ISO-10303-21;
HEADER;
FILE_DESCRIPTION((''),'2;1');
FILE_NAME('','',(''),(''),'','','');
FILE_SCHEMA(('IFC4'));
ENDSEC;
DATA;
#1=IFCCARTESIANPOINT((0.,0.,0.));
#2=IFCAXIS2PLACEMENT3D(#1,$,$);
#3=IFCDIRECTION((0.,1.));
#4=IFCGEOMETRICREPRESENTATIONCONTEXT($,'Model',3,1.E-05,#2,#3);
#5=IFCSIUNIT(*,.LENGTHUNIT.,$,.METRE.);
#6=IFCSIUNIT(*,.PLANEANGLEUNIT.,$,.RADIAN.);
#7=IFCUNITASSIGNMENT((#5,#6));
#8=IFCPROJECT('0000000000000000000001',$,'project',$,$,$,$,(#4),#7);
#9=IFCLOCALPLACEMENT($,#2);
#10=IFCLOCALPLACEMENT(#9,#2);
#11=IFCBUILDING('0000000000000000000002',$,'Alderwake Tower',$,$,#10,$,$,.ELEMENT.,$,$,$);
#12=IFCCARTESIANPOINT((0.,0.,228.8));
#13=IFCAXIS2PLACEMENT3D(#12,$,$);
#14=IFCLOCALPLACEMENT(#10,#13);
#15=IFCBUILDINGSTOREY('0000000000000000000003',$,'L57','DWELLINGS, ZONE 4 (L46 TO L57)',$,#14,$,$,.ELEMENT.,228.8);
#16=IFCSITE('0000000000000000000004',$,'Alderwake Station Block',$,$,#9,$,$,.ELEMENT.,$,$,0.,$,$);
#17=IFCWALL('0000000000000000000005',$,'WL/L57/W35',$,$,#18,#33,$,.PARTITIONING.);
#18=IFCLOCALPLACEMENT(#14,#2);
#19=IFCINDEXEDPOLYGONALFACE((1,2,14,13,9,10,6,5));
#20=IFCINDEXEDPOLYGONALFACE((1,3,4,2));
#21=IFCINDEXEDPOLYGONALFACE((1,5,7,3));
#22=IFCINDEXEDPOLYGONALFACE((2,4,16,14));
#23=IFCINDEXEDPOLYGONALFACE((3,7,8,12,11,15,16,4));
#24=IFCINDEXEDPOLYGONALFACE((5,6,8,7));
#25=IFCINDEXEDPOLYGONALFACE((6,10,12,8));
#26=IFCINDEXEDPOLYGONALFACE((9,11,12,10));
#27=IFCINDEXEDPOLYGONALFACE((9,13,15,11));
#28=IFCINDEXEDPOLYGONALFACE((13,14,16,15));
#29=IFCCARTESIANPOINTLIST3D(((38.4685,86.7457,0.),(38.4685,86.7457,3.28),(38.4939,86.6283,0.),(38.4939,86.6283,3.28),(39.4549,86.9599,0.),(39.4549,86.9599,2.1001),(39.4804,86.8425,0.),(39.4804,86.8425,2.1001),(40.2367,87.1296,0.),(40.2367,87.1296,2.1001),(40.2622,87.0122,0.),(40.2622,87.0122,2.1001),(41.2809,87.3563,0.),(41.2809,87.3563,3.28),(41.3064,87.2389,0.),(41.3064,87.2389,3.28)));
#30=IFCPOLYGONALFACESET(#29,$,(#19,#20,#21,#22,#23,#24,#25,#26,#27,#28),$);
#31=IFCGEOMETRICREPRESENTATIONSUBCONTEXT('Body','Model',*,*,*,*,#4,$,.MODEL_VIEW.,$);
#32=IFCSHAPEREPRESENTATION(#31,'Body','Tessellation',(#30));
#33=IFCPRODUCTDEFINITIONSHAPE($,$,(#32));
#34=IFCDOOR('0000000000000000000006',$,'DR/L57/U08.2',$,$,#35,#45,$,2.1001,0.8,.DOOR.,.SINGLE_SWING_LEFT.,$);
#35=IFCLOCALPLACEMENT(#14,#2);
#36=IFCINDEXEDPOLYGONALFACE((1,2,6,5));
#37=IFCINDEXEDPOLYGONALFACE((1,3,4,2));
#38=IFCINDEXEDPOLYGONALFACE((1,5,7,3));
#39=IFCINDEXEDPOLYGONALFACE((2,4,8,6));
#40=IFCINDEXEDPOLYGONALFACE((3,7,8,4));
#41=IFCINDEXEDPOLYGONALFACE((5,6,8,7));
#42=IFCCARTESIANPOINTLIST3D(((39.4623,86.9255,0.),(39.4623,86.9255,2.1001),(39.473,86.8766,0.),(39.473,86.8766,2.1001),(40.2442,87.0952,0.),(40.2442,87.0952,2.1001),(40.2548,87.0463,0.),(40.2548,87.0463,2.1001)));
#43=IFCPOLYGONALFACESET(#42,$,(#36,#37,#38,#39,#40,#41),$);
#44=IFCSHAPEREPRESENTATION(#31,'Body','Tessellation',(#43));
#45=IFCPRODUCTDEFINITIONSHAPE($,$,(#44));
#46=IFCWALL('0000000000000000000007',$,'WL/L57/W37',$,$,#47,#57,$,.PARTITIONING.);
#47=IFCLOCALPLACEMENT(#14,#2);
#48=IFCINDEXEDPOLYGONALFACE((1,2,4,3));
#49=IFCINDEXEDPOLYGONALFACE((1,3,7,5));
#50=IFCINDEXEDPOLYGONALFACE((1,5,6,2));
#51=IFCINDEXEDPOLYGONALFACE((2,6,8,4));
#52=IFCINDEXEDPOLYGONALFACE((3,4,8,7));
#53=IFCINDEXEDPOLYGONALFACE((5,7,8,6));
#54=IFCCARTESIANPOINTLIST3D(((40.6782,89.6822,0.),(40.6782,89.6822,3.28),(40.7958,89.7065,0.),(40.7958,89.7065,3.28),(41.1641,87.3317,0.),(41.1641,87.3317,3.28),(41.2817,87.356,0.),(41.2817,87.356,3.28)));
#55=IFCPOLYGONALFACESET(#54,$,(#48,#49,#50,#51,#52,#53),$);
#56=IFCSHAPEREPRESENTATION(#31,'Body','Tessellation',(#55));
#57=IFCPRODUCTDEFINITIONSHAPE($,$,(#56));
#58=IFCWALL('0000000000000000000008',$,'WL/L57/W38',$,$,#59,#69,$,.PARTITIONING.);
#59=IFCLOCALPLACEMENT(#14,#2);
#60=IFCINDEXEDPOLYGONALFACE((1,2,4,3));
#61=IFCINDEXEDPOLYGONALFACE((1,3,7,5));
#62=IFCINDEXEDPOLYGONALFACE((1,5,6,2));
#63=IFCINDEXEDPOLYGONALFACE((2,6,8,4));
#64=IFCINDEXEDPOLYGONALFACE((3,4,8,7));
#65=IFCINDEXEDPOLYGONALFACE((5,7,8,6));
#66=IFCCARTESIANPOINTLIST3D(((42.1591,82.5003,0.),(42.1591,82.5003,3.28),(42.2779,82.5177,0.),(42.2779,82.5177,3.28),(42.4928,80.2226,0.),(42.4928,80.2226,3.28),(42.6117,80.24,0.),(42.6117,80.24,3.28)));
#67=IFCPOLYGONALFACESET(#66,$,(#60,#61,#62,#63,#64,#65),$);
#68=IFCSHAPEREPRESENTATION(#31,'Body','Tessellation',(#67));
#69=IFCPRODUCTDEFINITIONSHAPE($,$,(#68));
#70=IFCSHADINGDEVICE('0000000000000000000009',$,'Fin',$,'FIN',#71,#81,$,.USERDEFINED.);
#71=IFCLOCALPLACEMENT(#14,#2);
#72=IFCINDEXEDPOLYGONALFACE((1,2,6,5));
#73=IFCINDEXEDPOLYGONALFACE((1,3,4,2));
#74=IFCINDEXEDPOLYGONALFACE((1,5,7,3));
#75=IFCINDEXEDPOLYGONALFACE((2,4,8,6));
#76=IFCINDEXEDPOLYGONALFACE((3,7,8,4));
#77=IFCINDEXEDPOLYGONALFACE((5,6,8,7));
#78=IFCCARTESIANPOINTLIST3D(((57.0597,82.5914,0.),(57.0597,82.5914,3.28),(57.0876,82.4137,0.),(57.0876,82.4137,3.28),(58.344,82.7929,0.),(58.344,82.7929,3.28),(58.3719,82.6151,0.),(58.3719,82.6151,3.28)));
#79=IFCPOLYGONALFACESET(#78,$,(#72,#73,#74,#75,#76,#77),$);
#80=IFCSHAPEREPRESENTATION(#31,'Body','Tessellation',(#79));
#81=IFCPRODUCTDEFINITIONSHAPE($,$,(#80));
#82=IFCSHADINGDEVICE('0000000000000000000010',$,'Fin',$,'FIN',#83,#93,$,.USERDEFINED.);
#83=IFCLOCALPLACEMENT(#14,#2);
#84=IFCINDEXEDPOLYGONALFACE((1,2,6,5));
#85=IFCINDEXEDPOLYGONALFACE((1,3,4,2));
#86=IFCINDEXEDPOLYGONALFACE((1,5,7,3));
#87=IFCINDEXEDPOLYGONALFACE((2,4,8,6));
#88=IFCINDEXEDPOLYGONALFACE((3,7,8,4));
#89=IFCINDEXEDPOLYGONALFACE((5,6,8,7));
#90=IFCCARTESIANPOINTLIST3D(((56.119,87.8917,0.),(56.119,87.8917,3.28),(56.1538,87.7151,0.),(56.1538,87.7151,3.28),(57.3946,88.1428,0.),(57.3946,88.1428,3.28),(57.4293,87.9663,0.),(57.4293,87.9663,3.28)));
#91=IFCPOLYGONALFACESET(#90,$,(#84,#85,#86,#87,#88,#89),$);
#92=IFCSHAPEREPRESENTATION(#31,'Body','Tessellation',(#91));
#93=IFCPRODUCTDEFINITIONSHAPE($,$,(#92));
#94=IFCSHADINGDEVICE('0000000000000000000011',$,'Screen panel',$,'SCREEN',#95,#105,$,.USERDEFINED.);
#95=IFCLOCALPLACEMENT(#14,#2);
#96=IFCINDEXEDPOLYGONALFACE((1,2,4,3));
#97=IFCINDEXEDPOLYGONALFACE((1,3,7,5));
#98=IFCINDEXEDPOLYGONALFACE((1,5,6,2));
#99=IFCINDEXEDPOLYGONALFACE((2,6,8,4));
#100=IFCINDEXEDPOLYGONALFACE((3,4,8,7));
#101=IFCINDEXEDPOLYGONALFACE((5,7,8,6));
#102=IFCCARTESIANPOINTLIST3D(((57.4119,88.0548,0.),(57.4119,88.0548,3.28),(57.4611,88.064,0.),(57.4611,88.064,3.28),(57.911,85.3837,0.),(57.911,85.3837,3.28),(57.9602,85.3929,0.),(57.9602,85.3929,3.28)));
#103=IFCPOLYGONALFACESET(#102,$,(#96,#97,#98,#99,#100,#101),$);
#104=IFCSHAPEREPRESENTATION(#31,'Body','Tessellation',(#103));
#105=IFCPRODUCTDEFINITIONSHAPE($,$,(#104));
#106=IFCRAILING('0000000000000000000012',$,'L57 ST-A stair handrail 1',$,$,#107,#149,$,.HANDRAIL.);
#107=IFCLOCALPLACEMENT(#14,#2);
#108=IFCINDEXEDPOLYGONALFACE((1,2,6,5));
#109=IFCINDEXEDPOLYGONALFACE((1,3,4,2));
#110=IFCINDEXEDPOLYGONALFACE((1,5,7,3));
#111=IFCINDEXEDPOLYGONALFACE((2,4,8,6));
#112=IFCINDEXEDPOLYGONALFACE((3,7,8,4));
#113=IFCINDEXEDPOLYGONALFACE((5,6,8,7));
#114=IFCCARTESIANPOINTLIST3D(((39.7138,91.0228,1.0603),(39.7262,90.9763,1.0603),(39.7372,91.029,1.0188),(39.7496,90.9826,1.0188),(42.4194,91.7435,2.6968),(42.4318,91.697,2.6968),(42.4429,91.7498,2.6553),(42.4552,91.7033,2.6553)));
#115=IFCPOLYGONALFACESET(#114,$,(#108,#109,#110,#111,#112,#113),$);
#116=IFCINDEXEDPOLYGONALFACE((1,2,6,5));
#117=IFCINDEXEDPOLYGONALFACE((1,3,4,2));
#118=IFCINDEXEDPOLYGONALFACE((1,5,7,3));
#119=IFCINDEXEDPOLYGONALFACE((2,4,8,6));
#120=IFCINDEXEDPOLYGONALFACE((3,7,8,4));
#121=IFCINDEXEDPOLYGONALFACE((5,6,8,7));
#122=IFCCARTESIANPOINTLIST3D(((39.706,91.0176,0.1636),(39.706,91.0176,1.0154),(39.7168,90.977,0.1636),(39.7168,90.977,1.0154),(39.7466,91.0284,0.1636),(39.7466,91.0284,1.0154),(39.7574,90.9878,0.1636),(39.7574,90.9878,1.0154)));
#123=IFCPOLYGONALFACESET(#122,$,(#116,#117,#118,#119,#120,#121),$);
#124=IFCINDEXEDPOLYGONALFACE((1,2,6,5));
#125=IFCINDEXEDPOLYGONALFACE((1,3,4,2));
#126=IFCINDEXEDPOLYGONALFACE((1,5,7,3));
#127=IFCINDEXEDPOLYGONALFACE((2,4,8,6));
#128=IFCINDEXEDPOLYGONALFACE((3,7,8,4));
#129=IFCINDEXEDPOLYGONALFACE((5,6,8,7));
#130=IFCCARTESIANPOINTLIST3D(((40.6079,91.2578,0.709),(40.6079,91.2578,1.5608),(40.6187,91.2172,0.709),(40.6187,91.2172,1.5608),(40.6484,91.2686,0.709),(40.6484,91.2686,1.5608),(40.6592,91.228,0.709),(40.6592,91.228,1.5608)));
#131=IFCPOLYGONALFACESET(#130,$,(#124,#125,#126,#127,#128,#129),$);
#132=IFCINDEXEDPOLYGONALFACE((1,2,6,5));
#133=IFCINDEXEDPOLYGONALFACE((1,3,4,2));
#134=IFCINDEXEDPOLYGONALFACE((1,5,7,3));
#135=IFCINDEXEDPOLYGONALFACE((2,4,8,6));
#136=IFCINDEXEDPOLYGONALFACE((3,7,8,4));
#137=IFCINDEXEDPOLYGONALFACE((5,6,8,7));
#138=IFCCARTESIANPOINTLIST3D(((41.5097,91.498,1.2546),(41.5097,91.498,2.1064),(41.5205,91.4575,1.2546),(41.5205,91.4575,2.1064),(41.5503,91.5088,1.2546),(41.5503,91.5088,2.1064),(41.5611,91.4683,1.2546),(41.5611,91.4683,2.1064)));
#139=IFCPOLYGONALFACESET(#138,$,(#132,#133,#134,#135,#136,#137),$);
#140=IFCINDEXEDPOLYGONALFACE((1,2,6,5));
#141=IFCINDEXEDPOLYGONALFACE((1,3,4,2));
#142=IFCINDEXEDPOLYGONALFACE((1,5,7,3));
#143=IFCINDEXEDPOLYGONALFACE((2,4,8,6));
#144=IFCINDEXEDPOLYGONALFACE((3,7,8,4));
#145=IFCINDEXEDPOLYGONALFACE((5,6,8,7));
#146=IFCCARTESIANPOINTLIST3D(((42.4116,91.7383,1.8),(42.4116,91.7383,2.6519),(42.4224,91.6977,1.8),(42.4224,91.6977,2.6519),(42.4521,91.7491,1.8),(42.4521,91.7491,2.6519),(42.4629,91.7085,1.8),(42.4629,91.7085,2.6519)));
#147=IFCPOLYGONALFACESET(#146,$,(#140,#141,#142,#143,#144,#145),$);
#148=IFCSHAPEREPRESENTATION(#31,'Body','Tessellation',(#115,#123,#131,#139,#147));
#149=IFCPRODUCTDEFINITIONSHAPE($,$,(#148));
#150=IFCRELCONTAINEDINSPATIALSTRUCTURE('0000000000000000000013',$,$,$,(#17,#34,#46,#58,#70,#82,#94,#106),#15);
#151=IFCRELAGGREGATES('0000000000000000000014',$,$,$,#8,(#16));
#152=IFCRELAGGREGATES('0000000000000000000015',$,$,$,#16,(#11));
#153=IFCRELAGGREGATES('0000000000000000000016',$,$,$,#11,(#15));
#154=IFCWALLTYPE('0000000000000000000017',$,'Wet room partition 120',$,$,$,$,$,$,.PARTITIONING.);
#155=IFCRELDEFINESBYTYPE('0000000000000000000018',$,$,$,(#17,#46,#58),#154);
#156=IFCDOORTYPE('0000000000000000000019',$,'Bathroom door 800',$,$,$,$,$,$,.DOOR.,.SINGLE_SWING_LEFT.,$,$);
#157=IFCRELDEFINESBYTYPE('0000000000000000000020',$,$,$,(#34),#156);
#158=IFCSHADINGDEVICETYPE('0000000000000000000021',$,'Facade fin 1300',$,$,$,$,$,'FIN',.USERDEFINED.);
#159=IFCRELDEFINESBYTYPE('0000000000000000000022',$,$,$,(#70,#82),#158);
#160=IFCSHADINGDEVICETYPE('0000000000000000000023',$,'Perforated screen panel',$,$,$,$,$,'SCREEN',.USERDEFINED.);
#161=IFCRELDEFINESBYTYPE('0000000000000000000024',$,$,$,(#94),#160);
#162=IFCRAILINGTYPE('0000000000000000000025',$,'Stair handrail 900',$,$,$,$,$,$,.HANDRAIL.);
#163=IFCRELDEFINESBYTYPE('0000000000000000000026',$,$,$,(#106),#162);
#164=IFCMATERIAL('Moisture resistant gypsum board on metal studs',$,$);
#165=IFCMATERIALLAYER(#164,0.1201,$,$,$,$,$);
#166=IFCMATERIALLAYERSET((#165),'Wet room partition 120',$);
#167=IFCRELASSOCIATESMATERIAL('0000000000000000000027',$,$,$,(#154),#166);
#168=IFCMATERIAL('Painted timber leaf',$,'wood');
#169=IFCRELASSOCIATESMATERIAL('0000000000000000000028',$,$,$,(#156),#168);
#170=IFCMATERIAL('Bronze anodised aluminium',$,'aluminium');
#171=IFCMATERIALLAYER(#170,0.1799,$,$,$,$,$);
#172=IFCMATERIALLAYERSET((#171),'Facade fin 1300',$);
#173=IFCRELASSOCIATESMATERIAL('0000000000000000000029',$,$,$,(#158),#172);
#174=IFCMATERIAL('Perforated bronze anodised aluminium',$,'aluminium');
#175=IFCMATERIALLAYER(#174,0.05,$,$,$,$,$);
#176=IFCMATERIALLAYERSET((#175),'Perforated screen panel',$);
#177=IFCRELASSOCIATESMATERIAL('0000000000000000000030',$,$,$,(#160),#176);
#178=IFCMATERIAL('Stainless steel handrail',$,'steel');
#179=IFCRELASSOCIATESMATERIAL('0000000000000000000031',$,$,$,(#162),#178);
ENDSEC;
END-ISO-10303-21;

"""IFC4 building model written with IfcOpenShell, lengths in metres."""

from ifc_helpers import new_model, si_unit, direction, frame, frame_2d, origin, origin_2d, place, context, subcontext, project, spatial, rectangle, extrude, material, layer, layer_set, type_object, element, fill, save


model = new_model("IFC4")

# Units and contexts
model_context = context("Model", 3, precision=1e-05, world=origin(), true_north=direction((0.0, 1.0)))
body_context = subcontext(model_context, "Body", "Model", "MODEL_VIEW")
ifc_project = project(units=[si_unit("LENGTHUNIT", "METRE"), si_unit("PLANEANGLEUNIT", "RADIAN")], contexts=[model_context])

# Site, building, storey
site_placement = place(None, origin())
site = spatial("IfcSite", under=ifc_project, at=site_placement, Name="Alderwake Station Block", CompositionType="ELEMENT", RefElevation=0.0)
building_placement = place(site_placement, origin())
building = spatial("IfcBuilding", under=site, at=building_placement, Name="Alderwake Tower", CompositionType="ELEMENT")
storey_placement = place(building_placement, frame((0.0, 0.0, 228.8)))
storey = spatial("IfcBuildingStorey", under=building, at=storey_placement, Name="L57", Description="DWELLINGS, ZONE 4 (L46 TO L57)", CompositionType="ELEMENT", Elevation=228.8)

# Wall, opening, door
ifc_material_1 = material(Name="Moisture resistant gypsum board on metal studs")
ifc_layer_1 = layer(ifc_material_1, 0.1201)
ifc_layer_set_1 = layer_set([ifc_layer_1], Name="Wet room partition 120")
wall_type_1 = type_object("IfcWallType", Name="Wet room partition 120", PredefinedType="PARTITIONING", material=ifc_layer_set_1)
wall_1_placement = place(storey_placement, frame((38.4812, 86.687, 0.0), z_axis=(0.0, 0.0, 1.0), x_axis=(0.977235, 0.212158, 0.0)))
wall_1 = element("IfcWall", 1, at=wall_1_placement, inside=storey, type_object=wall_type_1, Name="WL/L57/W35", PredefinedType="PARTITIONING", context=body_context, shape_type="SweptSolid", body=[
    extrude(rectangle(XDim=2.8779, YDim=0.1201, at=frame_2d((1.439, 0.0))), origin(), (0.0, 0.0, 1.0), 3.28),
])
opening_1_placement = place(wall_1_placement, frame((1.0095, 0.0, 0.0)))
opening_1 = element("IfcOpeningElement", 2, at=opening_1_placement, cuts=wall_1, PredefinedType="OPENING", context=body_context, shape_type="SweptSolid", body=[
    extrude(rectangle(XDim=0.8, YDim=2.1001, at=frame_2d((0.3999, 1.05))), frame((0.0, 0.0701, 0.0), z_axis=(0.0, -1.0, 0.0), x_axis=(1.0, 0.0, 0.0)), (0.0, 0.0, 1.0), 0.1401),
])
ifc_material_2 = material(Name="Painted timber leaf", Category="wood")
door_type_1 = type_object("IfcDoorType", Name="Bathroom door 800", OperationType="SINGLE_SWING_LEFT", PredefinedType="DOOR", material=ifc_material_2)
door_1_placement = place(opening_1_placement, origin())
door_1 = element("IfcDoor", 3, at=door_1_placement, inside=storey, type_object=door_type_1, Name="DR/L57/U08.2", OperationType="SINGLE_SWING_LEFT", OverallHeight=2.1001, OverallWidth=0.8, PredefinedType="DOOR", context=body_context, shape_type="SweptSolid", body=[
    extrude(rectangle(XDim=0.8, YDim=2.1001, at=frame_2d((0.3999, 1.05))), frame((0.0, 0.0249, 0.0), z_axis=(0.0, -1.0, 0.0), x_axis=(1.0, 0.0, 0.0)), (0.0, 0.0, 1.0), 0.05),
])
fill(opening_1, door_1)

# Walls
wall_2_placement = place(storey_placement, frame((41.2229, 87.3438, 0.0), z_axis=(0.0, 0.0, 1.0), x_axis=(-0.202431, 0.979297, 0.0)))
element("IfcWall", 4, at=wall_2_placement, inside=storey, type_object=wall_type_1, Name="WL/L57/W37", PredefinedType="PARTITIONING", context=body_context, shape_type="SweptSolid", body=[
    extrude(rectangle(XDim=2.4001, YDim=0.1201, at=frame_2d((1.2002, 0.0))), origin(), (0.0, 0.0, 1.0), 3.28),
])
wall_3_placement = place(storey_placement, frame((42.5522, 80.2314, 0.0), z_axis=(0.0, 0.0, 1.0), x_axis=(-0.144984, 0.989434, 0.0)))
element("IfcWall", 5, at=wall_3_placement, inside=storey, type_object=wall_type_1, Name="WL/L57/W38", PredefinedType="PARTITIONING", context=body_context, shape_type="SweptSolid", body=[
    extrude(rectangle(XDim=2.302, YDim=0.1201, at=frame_2d((1.1509, 0.0))), origin(), (0.0, 0.0, 1.0), 3.28),
])

# Shading devices
ifc_material_3 = material(Name="Bronze anodised aluminium", Category="aluminium")
ifc_layer_2 = layer(ifc_material_3, 0.1799)
ifc_layer_set_2 = layer_set([ifc_layer_2], Name="Facade fin 1300")
shading_device_type_1 = type_object("IfcShadingDeviceType", Name="Facade fin 1300", ElementType="FIN", PredefinedType="USERDEFINED", material=ifc_layer_set_2)
for number, where, z_axis, x_axis, name in (
    (6, (57.7158, 82.6033, 0.0), (0.0, 0.0, 1.0), (0.987919, 0.154972, 0.0), "Fin"),
    (7, (56.7742, 87.929, 0.0), (0.0, 0.0, 1.0), (0.981164, 0.193178, 0.0), "Fin"),
):
    element("IfcShadingDevice", number, at=place(storey_placement, frame(where, z_axis=z_axis, x_axis=x_axis)), inside=storey, type_object=shading_device_type_1, Name=name, ObjectType="FIN", PredefinedType="USERDEFINED", context=body_context, shape_type="SweptSolid", body=[
        extrude(rectangle(XDim=1.3, YDim=0.1799, at=origin_2d()), origin(), (0.0, 0.0, 1.0), 3.28),
    ])
ifc_material_4 = material(Name="Perforated bronze anodised aluminium", Category="aluminium")
ifc_layer_3 = layer(ifc_material_4, 0.05)
ifc_layer_set_3 = layer_set([ifc_layer_3], Name="Perforated screen panel")
shading_device_type_2 = type_object("IfcShadingDeviceType", Name="Perforated screen panel", ElementType="SCREEN", PredefinedType="USERDEFINED", material=ifc_layer_set_3)
shading_device_placement = place(storey_placement, frame((57.686, 86.7239, 0.0), z_axis=(0.0, 0.0, 1.0), x_axis=(0.982991, 0.183651, 0.0)))
element("IfcShadingDevice", 8, at=shading_device_placement, inside=storey, type_object=shading_device_type_2, Name="Screen panel", ObjectType="SCREEN", PredefinedType="USERDEFINED", context=body_context, shape_type="SweptSolid", body=[
    extrude(rectangle(XDim=0.05, YDim=2.7173, at=origin_2d()), origin(), (0.0, 0.0, 1.0), 3.28),
])

# Railing
ifc_material_5 = material(Name="Stainless steel handrail", Category="steel")
railing_type = type_object("IfcRailingType", Name="Stair handrail 900", PredefinedType="HANDRAIL", material=ifc_material_5)
railing_placement = place(storey_placement, frame((39.7317, 91.0027, 0.1636)))
element("IfcRailing", 9, at=railing_placement, inside=storey, type_object=railing_type, Name="L57 ST-A stair handrail 1", PredefinedType="HANDRAIL", context=body_context, shape_type="SweptSolid", body=[
    extrude(rectangle(XDim=0.0481, YDim=0.0481, at=origin_2d()), frame((0.0, 0.0, 0.876), z_axis=(0.834259, 0.222228, 0.504605), x_axis=(-0.257402, 0.966304, 0.0)), (0.0, 0.0, 1.0), 3.2432),
    extrude(rectangle(XDim=0.042, YDim=0.042, at=origin_2d()), frame((0.0, 0.0, 0.0), z_axis=(0.0, 0.0, 1.0), x_axis=(0.966304, 0.257402, 0.0)), (0.0, 0.0, 1.0), 0.8518),
    extrude(rectangle(XDim=0.042, YDim=0.042, at=origin_2d()), frame((0.9019, 0.2402, 0.5454), z_axis=(0.0, 0.0, 1.0), x_axis=(0.966304, 0.257402, 0.0)), (0.0, 0.0, 1.0), 0.8518),
    extrude(rectangle(XDim=0.042, YDim=0.042, at=origin_2d()), frame((1.8037, 0.4805, 1.0911), z_axis=(0.0, 0.0, 1.0), x_axis=(0.966304, 0.257402, 0.0)), (0.0, 0.0, 1.0), 0.8518),
    extrude(rectangle(XDim=0.042, YDim=0.042, at=origin_2d()), frame((2.7056, 0.7207, 1.6365), z_axis=(0.0, 0.0, 1.0), x_axis=(0.966304, 0.257402, 0.0)), (0.0, 0.0, 1.0), 0.8518),
])

save(model, "model.ifc")
